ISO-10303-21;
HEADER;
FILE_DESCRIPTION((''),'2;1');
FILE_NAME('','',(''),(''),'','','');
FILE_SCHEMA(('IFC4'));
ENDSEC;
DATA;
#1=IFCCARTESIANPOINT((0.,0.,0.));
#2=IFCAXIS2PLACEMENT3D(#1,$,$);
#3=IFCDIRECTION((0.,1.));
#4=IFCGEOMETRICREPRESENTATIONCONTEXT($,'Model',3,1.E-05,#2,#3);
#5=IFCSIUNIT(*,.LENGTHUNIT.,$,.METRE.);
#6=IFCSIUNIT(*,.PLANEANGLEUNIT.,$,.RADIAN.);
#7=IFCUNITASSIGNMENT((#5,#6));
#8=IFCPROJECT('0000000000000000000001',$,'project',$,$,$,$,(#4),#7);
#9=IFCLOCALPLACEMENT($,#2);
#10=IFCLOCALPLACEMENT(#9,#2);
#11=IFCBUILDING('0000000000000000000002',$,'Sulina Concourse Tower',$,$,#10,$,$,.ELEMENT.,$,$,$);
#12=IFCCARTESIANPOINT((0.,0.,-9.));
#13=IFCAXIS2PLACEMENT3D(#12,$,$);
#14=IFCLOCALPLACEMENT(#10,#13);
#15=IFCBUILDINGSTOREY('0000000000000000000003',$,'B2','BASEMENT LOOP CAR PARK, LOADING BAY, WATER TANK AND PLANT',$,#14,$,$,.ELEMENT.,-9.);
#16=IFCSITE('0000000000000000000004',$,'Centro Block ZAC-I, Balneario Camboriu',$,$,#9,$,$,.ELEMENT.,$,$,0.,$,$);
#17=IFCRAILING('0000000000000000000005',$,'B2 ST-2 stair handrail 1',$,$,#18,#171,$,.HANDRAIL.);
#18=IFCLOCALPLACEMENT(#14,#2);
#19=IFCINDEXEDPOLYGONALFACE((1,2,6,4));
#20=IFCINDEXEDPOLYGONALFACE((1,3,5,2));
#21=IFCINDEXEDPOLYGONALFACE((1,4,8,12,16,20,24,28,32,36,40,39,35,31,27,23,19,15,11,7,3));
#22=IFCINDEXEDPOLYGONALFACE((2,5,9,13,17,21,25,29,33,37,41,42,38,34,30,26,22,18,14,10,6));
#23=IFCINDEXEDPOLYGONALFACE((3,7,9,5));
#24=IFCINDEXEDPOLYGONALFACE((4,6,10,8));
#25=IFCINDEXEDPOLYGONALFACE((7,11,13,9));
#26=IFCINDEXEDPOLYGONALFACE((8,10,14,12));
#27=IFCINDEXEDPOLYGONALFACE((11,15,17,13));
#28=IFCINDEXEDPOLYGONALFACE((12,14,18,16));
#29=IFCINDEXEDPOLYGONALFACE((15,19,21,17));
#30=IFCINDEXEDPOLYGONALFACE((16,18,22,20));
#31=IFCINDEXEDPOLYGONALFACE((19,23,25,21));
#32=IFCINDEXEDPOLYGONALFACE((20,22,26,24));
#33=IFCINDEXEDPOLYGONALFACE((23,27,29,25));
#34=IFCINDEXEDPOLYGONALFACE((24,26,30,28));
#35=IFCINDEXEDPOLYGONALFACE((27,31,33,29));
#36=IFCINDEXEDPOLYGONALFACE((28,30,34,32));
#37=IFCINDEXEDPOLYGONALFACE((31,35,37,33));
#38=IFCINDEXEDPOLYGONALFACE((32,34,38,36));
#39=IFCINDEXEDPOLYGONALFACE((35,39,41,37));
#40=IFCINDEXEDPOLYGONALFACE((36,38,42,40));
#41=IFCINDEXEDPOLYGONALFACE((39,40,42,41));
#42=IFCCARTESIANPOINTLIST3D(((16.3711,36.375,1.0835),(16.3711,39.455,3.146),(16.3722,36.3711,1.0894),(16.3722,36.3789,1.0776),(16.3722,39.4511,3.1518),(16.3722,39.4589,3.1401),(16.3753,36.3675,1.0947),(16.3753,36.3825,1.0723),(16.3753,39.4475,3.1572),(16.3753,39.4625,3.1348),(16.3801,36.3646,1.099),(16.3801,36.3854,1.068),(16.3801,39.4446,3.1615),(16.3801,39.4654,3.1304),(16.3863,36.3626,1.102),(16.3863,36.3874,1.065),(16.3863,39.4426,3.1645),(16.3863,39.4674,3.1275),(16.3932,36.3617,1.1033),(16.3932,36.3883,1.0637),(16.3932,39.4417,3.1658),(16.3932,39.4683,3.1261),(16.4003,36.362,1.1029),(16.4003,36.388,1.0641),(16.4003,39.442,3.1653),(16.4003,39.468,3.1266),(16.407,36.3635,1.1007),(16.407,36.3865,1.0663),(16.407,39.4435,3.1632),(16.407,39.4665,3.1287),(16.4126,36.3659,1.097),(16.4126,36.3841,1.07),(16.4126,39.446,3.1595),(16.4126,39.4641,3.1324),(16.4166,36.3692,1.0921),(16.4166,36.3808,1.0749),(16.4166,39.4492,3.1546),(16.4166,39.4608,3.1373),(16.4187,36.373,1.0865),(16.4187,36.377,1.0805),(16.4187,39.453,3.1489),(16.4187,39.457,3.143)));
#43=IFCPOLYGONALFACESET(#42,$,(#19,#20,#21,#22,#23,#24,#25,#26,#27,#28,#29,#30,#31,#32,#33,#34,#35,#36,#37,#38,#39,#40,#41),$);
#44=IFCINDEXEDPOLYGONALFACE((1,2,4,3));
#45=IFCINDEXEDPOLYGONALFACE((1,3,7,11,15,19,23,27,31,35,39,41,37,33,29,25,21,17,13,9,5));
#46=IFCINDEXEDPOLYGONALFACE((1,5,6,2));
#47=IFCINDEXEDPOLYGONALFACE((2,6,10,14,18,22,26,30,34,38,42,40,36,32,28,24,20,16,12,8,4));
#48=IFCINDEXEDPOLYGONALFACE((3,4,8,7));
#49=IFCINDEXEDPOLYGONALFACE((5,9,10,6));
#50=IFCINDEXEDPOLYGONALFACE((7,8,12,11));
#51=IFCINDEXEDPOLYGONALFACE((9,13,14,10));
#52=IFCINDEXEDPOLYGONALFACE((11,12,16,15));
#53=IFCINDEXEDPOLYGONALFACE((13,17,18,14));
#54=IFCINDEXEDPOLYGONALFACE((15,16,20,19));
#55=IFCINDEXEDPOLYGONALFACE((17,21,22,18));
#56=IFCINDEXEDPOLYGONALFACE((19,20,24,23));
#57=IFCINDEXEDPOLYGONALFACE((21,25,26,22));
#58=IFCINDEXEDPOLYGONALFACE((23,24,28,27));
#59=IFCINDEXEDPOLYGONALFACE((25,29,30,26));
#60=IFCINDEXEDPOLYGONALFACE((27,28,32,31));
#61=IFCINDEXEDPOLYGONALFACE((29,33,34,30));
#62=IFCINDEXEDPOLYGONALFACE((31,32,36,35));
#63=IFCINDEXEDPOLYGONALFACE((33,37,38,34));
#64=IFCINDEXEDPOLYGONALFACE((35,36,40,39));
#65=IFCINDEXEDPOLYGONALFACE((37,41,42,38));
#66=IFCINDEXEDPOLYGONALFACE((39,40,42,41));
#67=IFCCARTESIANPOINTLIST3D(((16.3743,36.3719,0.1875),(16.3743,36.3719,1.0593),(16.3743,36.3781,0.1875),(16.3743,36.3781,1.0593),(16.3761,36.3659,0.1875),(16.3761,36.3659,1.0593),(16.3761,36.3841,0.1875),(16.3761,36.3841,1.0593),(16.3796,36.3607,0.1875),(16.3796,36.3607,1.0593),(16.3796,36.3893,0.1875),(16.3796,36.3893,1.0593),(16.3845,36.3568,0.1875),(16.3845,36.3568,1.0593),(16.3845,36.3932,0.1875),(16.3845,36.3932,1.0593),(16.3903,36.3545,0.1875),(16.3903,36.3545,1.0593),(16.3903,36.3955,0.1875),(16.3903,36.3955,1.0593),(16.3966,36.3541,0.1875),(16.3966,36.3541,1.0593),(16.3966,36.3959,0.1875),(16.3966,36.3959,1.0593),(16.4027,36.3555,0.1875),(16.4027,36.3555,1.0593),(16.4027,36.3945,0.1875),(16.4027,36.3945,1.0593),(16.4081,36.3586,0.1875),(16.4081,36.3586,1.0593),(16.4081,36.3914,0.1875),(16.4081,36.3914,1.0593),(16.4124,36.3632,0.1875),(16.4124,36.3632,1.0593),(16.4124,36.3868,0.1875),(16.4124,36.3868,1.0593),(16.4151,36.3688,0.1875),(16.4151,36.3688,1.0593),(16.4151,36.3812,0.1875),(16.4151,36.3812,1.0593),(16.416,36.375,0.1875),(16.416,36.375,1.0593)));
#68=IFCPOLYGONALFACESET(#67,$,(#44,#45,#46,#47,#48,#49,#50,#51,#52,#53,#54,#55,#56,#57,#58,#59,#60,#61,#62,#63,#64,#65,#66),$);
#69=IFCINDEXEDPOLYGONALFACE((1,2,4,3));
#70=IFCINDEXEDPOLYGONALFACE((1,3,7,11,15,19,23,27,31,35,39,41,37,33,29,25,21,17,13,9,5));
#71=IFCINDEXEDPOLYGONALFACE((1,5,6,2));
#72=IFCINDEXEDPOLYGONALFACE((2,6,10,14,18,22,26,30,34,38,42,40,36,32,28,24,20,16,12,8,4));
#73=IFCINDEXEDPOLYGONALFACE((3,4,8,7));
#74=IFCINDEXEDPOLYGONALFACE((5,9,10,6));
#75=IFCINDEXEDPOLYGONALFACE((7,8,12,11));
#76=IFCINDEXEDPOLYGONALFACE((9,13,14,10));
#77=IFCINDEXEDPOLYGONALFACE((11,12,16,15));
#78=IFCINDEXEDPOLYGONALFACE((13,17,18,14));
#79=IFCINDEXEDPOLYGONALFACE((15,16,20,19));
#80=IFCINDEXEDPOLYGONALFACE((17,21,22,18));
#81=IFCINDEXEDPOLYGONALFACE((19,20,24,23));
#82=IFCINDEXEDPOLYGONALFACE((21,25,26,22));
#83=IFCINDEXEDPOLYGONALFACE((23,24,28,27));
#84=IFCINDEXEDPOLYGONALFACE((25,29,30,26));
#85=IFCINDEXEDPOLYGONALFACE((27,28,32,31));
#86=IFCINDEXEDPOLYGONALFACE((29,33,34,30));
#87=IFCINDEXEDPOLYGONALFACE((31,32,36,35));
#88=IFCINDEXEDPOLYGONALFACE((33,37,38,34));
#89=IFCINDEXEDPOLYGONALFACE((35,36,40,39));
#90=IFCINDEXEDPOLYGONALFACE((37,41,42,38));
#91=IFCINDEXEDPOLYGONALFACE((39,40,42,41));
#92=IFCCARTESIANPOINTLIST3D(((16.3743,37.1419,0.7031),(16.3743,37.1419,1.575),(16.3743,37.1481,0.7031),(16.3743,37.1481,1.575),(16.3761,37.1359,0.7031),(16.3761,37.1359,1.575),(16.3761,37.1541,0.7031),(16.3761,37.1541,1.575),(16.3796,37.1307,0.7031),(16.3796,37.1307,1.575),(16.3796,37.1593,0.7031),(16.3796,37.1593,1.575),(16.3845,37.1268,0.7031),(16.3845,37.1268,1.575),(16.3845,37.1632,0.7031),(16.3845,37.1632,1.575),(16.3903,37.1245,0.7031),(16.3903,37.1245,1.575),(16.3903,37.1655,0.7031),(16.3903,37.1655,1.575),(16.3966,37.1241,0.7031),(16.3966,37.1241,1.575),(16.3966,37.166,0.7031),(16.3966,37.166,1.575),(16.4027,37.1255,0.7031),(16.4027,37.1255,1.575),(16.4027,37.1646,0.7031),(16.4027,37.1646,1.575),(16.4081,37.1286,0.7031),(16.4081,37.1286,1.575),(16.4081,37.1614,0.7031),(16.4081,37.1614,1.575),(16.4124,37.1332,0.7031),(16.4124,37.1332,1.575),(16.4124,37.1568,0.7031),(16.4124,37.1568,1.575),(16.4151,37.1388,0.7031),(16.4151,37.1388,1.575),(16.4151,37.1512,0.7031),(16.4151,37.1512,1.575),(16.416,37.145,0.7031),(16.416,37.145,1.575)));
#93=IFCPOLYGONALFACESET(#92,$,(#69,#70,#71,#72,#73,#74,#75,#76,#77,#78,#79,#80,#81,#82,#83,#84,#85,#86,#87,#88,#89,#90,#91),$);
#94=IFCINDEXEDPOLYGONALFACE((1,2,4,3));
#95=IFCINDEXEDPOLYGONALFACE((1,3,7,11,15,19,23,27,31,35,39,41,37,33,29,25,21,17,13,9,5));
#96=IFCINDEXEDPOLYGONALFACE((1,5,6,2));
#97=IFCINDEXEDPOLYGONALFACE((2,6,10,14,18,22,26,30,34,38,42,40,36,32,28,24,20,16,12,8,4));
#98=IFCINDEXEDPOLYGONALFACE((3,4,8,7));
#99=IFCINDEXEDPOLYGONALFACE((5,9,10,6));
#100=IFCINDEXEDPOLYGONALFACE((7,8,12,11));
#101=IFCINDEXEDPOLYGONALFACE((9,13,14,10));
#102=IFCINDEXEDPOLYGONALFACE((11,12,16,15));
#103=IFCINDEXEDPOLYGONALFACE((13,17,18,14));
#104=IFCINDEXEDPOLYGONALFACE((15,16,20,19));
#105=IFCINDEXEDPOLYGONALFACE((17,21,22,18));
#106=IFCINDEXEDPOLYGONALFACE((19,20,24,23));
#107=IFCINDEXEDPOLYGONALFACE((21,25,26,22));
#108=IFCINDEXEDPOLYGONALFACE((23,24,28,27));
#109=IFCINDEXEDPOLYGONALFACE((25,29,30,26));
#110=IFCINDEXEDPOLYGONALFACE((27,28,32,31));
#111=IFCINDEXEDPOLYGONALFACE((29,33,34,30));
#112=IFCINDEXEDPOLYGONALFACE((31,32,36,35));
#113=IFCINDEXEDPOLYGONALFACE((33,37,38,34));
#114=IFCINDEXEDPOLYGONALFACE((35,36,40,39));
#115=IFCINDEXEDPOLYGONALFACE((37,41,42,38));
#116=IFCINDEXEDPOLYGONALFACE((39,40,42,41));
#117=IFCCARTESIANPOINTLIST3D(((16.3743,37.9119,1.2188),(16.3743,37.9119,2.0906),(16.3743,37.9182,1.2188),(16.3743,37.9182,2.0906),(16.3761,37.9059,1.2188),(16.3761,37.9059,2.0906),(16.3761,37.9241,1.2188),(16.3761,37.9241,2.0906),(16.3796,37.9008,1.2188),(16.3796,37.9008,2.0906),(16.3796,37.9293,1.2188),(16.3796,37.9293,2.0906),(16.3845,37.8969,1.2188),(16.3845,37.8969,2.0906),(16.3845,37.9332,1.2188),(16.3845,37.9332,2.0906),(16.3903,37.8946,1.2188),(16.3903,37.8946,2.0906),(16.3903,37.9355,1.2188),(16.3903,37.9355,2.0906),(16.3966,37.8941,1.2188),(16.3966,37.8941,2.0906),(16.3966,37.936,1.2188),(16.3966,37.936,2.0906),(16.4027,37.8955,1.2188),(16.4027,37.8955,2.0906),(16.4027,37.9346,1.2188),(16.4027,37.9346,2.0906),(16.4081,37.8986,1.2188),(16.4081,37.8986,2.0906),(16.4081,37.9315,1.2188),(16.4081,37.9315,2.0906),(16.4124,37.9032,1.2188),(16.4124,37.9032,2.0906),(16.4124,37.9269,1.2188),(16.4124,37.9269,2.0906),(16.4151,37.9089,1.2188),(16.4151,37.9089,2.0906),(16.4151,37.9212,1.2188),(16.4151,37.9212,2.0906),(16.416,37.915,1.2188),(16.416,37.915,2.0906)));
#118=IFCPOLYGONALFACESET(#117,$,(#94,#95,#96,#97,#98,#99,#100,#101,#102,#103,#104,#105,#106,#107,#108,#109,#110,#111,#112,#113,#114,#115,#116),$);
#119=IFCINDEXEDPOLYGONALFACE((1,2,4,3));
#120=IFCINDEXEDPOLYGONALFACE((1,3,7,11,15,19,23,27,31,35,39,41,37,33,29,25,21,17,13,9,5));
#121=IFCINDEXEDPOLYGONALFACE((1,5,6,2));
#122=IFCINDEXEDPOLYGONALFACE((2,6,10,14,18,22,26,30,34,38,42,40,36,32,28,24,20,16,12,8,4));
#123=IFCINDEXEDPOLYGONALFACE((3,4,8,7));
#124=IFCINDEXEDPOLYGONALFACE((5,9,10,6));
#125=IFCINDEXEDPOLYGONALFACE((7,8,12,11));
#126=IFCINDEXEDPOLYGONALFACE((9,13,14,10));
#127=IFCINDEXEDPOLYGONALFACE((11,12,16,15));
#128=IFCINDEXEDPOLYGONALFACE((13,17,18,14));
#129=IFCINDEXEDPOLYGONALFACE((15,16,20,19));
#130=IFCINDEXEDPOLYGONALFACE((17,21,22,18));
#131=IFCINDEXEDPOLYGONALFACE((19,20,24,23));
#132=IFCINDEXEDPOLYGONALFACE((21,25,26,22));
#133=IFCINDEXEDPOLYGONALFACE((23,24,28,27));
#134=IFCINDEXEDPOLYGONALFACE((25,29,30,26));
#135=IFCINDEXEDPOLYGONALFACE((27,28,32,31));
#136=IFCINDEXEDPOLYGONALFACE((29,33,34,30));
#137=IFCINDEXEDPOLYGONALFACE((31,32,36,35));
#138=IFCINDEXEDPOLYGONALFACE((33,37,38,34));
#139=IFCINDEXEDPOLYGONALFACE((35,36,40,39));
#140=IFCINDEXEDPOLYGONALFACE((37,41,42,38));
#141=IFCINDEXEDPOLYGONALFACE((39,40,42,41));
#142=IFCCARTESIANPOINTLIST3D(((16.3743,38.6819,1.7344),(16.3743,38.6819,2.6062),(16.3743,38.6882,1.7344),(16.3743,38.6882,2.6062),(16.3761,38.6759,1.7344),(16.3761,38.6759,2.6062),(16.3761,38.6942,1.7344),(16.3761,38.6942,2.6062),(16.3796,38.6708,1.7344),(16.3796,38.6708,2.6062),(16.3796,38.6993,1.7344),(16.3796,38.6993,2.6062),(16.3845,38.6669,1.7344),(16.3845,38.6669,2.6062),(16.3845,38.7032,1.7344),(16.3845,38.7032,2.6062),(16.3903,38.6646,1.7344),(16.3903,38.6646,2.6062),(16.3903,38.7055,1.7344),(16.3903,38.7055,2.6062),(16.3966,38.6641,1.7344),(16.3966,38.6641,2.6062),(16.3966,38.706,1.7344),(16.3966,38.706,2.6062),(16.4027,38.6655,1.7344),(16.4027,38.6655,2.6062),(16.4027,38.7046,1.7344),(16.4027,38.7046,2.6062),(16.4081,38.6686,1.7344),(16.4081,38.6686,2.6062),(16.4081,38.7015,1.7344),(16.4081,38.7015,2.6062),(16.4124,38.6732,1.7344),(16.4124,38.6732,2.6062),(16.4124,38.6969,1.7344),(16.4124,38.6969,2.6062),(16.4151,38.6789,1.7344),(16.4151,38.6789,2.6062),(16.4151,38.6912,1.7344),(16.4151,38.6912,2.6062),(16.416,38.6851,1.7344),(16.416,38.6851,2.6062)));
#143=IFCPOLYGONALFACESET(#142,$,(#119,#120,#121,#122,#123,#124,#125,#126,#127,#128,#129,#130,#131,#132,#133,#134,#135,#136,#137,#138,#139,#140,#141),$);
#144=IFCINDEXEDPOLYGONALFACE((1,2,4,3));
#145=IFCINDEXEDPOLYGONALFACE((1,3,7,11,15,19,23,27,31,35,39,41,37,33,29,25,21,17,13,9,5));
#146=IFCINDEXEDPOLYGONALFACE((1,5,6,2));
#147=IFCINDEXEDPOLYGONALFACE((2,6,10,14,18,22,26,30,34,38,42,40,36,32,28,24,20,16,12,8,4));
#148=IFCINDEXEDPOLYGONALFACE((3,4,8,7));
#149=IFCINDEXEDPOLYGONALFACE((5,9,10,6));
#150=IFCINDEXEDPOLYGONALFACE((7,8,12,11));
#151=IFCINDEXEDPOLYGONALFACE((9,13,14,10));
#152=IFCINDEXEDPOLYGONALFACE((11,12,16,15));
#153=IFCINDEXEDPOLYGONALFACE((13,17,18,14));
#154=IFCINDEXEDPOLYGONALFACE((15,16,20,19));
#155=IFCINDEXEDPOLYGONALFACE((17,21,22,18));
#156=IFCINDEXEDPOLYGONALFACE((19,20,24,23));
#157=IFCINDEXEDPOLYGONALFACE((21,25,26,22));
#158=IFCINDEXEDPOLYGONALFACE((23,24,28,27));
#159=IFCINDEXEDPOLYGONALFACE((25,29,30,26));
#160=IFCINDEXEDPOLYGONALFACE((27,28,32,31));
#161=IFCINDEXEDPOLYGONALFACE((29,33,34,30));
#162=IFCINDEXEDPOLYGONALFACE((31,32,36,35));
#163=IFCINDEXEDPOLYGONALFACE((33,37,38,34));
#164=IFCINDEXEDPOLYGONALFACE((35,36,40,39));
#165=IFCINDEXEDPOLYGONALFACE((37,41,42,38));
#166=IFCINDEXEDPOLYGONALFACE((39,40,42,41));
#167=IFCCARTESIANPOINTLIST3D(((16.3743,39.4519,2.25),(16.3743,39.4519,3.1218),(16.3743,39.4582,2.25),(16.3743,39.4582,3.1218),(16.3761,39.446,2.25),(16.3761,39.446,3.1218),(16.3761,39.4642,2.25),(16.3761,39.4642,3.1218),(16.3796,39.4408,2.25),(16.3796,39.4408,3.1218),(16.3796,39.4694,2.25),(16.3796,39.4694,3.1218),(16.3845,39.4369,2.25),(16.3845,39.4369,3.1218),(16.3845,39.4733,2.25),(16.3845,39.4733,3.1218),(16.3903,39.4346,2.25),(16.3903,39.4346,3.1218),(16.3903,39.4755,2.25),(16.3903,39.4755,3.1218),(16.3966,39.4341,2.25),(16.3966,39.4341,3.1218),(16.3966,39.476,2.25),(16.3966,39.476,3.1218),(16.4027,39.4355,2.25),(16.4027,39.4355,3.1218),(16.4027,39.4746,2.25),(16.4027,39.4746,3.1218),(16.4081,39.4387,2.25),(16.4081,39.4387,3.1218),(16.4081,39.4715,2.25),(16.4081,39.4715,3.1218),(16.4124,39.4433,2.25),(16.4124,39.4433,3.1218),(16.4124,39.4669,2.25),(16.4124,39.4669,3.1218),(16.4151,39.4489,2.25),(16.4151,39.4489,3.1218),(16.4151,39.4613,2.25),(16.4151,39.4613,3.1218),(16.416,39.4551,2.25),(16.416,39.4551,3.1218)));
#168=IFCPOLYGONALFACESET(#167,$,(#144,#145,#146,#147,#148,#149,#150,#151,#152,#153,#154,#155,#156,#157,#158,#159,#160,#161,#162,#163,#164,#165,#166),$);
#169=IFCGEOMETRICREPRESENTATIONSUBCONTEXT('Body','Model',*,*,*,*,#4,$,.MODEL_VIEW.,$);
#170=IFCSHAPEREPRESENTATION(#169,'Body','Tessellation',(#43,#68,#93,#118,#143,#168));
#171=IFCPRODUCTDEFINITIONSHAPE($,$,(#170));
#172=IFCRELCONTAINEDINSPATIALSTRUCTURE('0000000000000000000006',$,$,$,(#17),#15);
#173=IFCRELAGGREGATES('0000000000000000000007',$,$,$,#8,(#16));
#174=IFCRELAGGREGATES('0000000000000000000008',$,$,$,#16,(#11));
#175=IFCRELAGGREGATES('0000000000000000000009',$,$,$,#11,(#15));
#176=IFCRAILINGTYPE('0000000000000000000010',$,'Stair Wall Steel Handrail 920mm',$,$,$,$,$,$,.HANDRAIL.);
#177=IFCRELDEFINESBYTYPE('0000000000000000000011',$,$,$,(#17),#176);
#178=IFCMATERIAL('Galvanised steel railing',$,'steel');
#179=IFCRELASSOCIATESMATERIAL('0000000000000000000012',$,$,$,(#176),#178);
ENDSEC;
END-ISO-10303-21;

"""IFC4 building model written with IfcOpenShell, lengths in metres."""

from ifc_helpers import new_model, si_unit, direction, frame, origin, origin_2d, place, context, subcontext, project, spatial, circle, extrude, material, type_object, element, save


model = new_model("IFC4")

# Units and contexts
model_context = context("Model", 3, precision=1e-05, world=origin(), true_north=direction((0.0, 1.0)))
body_context = subcontext(model_context, "Body", "Model", "MODEL_VIEW")
ifc_project = project(units=[si_unit("LENGTHUNIT", "METRE"), si_unit("PLANEANGLEUNIT", "RADIAN")], contexts=[model_context])

# Site, building, storey
site_placement = place(None, origin())
site = spatial("IfcSite", under=ifc_project, at=site_placement, Name="Centro Block ZAC-I, Balneario Camboriu", CompositionType="ELEMENT", RefElevation=0.0)
building_placement = place(site_placement, origin())
building = spatial("IfcBuilding", under=site, at=building_placement, Name="Sulina Concourse Tower", CompositionType="ELEMENT")
storey_placement = place(building_placement, frame((0.0, 0.0, -9.0)))
storey = spatial("IfcBuildingStorey", under=building, at=storey_placement, Name="B2", Description="BASEMENT LOOP CAR PARK, LOADING BAY, WATER TANK AND PLANT", CompositionType="ELEMENT", Elevation=-9.0)

# Railing
ifc_material_1 = material(Name="Galvanised steel railing", Category="steel")
railing_type_1 = type_object("IfcRailingType", Name="Stair Wall Steel Handrail 920mm", PredefinedType="HANDRAIL", material=ifc_material_1)
railing_1_placement = place(storey_placement, frame((16.395, 36.375, 0.1875)))
element("IfcRailing", 1, at=railing_1_placement, inside=storey, type_object=railing_type_1, Name="B2 ST-2 stair handrail 1", PredefinedType="HANDRAIL", context=body_context, shape_type="SweptSolid", body=[
    extrude(circle(Radius=0.0239, at=origin_2d()), frame((0.0, 0.0, 0.896), z_axis=(0.0, 0.830914, 0.556401), x_axis=(-1.0, 0.0, 0.0)), (0.0, 0.0, 1.0), 3.7068),
    extrude(circle(Radius=0.021, at=origin_2d()), origin(), (0.0, 0.0, 1.0), 0.8718),
    extrude(circle(Radius=0.021, at=origin_2d()), frame((0.0, 0.77, 0.5156)), (0.0, 0.0, 1.0), 0.8718),
    extrude(circle(Radius=0.021, at=origin_2d()), frame((0.0, 1.54, 1.0312)), (0.0, 0.0, 1.0), 0.8718),
    extrude(circle(Radius=0.021, at=origin_2d()), frame((0.0, 2.3101, 1.5469)), (0.0, 0.0, 1.0), 0.8718),
    extrude(circle(Radius=0.021, at=origin_2d()), frame((0.0, 3.0801, 2.0625)), (0.0, 0.0, 1.0), 0.8718),
])

save(model, "model.ifc")
